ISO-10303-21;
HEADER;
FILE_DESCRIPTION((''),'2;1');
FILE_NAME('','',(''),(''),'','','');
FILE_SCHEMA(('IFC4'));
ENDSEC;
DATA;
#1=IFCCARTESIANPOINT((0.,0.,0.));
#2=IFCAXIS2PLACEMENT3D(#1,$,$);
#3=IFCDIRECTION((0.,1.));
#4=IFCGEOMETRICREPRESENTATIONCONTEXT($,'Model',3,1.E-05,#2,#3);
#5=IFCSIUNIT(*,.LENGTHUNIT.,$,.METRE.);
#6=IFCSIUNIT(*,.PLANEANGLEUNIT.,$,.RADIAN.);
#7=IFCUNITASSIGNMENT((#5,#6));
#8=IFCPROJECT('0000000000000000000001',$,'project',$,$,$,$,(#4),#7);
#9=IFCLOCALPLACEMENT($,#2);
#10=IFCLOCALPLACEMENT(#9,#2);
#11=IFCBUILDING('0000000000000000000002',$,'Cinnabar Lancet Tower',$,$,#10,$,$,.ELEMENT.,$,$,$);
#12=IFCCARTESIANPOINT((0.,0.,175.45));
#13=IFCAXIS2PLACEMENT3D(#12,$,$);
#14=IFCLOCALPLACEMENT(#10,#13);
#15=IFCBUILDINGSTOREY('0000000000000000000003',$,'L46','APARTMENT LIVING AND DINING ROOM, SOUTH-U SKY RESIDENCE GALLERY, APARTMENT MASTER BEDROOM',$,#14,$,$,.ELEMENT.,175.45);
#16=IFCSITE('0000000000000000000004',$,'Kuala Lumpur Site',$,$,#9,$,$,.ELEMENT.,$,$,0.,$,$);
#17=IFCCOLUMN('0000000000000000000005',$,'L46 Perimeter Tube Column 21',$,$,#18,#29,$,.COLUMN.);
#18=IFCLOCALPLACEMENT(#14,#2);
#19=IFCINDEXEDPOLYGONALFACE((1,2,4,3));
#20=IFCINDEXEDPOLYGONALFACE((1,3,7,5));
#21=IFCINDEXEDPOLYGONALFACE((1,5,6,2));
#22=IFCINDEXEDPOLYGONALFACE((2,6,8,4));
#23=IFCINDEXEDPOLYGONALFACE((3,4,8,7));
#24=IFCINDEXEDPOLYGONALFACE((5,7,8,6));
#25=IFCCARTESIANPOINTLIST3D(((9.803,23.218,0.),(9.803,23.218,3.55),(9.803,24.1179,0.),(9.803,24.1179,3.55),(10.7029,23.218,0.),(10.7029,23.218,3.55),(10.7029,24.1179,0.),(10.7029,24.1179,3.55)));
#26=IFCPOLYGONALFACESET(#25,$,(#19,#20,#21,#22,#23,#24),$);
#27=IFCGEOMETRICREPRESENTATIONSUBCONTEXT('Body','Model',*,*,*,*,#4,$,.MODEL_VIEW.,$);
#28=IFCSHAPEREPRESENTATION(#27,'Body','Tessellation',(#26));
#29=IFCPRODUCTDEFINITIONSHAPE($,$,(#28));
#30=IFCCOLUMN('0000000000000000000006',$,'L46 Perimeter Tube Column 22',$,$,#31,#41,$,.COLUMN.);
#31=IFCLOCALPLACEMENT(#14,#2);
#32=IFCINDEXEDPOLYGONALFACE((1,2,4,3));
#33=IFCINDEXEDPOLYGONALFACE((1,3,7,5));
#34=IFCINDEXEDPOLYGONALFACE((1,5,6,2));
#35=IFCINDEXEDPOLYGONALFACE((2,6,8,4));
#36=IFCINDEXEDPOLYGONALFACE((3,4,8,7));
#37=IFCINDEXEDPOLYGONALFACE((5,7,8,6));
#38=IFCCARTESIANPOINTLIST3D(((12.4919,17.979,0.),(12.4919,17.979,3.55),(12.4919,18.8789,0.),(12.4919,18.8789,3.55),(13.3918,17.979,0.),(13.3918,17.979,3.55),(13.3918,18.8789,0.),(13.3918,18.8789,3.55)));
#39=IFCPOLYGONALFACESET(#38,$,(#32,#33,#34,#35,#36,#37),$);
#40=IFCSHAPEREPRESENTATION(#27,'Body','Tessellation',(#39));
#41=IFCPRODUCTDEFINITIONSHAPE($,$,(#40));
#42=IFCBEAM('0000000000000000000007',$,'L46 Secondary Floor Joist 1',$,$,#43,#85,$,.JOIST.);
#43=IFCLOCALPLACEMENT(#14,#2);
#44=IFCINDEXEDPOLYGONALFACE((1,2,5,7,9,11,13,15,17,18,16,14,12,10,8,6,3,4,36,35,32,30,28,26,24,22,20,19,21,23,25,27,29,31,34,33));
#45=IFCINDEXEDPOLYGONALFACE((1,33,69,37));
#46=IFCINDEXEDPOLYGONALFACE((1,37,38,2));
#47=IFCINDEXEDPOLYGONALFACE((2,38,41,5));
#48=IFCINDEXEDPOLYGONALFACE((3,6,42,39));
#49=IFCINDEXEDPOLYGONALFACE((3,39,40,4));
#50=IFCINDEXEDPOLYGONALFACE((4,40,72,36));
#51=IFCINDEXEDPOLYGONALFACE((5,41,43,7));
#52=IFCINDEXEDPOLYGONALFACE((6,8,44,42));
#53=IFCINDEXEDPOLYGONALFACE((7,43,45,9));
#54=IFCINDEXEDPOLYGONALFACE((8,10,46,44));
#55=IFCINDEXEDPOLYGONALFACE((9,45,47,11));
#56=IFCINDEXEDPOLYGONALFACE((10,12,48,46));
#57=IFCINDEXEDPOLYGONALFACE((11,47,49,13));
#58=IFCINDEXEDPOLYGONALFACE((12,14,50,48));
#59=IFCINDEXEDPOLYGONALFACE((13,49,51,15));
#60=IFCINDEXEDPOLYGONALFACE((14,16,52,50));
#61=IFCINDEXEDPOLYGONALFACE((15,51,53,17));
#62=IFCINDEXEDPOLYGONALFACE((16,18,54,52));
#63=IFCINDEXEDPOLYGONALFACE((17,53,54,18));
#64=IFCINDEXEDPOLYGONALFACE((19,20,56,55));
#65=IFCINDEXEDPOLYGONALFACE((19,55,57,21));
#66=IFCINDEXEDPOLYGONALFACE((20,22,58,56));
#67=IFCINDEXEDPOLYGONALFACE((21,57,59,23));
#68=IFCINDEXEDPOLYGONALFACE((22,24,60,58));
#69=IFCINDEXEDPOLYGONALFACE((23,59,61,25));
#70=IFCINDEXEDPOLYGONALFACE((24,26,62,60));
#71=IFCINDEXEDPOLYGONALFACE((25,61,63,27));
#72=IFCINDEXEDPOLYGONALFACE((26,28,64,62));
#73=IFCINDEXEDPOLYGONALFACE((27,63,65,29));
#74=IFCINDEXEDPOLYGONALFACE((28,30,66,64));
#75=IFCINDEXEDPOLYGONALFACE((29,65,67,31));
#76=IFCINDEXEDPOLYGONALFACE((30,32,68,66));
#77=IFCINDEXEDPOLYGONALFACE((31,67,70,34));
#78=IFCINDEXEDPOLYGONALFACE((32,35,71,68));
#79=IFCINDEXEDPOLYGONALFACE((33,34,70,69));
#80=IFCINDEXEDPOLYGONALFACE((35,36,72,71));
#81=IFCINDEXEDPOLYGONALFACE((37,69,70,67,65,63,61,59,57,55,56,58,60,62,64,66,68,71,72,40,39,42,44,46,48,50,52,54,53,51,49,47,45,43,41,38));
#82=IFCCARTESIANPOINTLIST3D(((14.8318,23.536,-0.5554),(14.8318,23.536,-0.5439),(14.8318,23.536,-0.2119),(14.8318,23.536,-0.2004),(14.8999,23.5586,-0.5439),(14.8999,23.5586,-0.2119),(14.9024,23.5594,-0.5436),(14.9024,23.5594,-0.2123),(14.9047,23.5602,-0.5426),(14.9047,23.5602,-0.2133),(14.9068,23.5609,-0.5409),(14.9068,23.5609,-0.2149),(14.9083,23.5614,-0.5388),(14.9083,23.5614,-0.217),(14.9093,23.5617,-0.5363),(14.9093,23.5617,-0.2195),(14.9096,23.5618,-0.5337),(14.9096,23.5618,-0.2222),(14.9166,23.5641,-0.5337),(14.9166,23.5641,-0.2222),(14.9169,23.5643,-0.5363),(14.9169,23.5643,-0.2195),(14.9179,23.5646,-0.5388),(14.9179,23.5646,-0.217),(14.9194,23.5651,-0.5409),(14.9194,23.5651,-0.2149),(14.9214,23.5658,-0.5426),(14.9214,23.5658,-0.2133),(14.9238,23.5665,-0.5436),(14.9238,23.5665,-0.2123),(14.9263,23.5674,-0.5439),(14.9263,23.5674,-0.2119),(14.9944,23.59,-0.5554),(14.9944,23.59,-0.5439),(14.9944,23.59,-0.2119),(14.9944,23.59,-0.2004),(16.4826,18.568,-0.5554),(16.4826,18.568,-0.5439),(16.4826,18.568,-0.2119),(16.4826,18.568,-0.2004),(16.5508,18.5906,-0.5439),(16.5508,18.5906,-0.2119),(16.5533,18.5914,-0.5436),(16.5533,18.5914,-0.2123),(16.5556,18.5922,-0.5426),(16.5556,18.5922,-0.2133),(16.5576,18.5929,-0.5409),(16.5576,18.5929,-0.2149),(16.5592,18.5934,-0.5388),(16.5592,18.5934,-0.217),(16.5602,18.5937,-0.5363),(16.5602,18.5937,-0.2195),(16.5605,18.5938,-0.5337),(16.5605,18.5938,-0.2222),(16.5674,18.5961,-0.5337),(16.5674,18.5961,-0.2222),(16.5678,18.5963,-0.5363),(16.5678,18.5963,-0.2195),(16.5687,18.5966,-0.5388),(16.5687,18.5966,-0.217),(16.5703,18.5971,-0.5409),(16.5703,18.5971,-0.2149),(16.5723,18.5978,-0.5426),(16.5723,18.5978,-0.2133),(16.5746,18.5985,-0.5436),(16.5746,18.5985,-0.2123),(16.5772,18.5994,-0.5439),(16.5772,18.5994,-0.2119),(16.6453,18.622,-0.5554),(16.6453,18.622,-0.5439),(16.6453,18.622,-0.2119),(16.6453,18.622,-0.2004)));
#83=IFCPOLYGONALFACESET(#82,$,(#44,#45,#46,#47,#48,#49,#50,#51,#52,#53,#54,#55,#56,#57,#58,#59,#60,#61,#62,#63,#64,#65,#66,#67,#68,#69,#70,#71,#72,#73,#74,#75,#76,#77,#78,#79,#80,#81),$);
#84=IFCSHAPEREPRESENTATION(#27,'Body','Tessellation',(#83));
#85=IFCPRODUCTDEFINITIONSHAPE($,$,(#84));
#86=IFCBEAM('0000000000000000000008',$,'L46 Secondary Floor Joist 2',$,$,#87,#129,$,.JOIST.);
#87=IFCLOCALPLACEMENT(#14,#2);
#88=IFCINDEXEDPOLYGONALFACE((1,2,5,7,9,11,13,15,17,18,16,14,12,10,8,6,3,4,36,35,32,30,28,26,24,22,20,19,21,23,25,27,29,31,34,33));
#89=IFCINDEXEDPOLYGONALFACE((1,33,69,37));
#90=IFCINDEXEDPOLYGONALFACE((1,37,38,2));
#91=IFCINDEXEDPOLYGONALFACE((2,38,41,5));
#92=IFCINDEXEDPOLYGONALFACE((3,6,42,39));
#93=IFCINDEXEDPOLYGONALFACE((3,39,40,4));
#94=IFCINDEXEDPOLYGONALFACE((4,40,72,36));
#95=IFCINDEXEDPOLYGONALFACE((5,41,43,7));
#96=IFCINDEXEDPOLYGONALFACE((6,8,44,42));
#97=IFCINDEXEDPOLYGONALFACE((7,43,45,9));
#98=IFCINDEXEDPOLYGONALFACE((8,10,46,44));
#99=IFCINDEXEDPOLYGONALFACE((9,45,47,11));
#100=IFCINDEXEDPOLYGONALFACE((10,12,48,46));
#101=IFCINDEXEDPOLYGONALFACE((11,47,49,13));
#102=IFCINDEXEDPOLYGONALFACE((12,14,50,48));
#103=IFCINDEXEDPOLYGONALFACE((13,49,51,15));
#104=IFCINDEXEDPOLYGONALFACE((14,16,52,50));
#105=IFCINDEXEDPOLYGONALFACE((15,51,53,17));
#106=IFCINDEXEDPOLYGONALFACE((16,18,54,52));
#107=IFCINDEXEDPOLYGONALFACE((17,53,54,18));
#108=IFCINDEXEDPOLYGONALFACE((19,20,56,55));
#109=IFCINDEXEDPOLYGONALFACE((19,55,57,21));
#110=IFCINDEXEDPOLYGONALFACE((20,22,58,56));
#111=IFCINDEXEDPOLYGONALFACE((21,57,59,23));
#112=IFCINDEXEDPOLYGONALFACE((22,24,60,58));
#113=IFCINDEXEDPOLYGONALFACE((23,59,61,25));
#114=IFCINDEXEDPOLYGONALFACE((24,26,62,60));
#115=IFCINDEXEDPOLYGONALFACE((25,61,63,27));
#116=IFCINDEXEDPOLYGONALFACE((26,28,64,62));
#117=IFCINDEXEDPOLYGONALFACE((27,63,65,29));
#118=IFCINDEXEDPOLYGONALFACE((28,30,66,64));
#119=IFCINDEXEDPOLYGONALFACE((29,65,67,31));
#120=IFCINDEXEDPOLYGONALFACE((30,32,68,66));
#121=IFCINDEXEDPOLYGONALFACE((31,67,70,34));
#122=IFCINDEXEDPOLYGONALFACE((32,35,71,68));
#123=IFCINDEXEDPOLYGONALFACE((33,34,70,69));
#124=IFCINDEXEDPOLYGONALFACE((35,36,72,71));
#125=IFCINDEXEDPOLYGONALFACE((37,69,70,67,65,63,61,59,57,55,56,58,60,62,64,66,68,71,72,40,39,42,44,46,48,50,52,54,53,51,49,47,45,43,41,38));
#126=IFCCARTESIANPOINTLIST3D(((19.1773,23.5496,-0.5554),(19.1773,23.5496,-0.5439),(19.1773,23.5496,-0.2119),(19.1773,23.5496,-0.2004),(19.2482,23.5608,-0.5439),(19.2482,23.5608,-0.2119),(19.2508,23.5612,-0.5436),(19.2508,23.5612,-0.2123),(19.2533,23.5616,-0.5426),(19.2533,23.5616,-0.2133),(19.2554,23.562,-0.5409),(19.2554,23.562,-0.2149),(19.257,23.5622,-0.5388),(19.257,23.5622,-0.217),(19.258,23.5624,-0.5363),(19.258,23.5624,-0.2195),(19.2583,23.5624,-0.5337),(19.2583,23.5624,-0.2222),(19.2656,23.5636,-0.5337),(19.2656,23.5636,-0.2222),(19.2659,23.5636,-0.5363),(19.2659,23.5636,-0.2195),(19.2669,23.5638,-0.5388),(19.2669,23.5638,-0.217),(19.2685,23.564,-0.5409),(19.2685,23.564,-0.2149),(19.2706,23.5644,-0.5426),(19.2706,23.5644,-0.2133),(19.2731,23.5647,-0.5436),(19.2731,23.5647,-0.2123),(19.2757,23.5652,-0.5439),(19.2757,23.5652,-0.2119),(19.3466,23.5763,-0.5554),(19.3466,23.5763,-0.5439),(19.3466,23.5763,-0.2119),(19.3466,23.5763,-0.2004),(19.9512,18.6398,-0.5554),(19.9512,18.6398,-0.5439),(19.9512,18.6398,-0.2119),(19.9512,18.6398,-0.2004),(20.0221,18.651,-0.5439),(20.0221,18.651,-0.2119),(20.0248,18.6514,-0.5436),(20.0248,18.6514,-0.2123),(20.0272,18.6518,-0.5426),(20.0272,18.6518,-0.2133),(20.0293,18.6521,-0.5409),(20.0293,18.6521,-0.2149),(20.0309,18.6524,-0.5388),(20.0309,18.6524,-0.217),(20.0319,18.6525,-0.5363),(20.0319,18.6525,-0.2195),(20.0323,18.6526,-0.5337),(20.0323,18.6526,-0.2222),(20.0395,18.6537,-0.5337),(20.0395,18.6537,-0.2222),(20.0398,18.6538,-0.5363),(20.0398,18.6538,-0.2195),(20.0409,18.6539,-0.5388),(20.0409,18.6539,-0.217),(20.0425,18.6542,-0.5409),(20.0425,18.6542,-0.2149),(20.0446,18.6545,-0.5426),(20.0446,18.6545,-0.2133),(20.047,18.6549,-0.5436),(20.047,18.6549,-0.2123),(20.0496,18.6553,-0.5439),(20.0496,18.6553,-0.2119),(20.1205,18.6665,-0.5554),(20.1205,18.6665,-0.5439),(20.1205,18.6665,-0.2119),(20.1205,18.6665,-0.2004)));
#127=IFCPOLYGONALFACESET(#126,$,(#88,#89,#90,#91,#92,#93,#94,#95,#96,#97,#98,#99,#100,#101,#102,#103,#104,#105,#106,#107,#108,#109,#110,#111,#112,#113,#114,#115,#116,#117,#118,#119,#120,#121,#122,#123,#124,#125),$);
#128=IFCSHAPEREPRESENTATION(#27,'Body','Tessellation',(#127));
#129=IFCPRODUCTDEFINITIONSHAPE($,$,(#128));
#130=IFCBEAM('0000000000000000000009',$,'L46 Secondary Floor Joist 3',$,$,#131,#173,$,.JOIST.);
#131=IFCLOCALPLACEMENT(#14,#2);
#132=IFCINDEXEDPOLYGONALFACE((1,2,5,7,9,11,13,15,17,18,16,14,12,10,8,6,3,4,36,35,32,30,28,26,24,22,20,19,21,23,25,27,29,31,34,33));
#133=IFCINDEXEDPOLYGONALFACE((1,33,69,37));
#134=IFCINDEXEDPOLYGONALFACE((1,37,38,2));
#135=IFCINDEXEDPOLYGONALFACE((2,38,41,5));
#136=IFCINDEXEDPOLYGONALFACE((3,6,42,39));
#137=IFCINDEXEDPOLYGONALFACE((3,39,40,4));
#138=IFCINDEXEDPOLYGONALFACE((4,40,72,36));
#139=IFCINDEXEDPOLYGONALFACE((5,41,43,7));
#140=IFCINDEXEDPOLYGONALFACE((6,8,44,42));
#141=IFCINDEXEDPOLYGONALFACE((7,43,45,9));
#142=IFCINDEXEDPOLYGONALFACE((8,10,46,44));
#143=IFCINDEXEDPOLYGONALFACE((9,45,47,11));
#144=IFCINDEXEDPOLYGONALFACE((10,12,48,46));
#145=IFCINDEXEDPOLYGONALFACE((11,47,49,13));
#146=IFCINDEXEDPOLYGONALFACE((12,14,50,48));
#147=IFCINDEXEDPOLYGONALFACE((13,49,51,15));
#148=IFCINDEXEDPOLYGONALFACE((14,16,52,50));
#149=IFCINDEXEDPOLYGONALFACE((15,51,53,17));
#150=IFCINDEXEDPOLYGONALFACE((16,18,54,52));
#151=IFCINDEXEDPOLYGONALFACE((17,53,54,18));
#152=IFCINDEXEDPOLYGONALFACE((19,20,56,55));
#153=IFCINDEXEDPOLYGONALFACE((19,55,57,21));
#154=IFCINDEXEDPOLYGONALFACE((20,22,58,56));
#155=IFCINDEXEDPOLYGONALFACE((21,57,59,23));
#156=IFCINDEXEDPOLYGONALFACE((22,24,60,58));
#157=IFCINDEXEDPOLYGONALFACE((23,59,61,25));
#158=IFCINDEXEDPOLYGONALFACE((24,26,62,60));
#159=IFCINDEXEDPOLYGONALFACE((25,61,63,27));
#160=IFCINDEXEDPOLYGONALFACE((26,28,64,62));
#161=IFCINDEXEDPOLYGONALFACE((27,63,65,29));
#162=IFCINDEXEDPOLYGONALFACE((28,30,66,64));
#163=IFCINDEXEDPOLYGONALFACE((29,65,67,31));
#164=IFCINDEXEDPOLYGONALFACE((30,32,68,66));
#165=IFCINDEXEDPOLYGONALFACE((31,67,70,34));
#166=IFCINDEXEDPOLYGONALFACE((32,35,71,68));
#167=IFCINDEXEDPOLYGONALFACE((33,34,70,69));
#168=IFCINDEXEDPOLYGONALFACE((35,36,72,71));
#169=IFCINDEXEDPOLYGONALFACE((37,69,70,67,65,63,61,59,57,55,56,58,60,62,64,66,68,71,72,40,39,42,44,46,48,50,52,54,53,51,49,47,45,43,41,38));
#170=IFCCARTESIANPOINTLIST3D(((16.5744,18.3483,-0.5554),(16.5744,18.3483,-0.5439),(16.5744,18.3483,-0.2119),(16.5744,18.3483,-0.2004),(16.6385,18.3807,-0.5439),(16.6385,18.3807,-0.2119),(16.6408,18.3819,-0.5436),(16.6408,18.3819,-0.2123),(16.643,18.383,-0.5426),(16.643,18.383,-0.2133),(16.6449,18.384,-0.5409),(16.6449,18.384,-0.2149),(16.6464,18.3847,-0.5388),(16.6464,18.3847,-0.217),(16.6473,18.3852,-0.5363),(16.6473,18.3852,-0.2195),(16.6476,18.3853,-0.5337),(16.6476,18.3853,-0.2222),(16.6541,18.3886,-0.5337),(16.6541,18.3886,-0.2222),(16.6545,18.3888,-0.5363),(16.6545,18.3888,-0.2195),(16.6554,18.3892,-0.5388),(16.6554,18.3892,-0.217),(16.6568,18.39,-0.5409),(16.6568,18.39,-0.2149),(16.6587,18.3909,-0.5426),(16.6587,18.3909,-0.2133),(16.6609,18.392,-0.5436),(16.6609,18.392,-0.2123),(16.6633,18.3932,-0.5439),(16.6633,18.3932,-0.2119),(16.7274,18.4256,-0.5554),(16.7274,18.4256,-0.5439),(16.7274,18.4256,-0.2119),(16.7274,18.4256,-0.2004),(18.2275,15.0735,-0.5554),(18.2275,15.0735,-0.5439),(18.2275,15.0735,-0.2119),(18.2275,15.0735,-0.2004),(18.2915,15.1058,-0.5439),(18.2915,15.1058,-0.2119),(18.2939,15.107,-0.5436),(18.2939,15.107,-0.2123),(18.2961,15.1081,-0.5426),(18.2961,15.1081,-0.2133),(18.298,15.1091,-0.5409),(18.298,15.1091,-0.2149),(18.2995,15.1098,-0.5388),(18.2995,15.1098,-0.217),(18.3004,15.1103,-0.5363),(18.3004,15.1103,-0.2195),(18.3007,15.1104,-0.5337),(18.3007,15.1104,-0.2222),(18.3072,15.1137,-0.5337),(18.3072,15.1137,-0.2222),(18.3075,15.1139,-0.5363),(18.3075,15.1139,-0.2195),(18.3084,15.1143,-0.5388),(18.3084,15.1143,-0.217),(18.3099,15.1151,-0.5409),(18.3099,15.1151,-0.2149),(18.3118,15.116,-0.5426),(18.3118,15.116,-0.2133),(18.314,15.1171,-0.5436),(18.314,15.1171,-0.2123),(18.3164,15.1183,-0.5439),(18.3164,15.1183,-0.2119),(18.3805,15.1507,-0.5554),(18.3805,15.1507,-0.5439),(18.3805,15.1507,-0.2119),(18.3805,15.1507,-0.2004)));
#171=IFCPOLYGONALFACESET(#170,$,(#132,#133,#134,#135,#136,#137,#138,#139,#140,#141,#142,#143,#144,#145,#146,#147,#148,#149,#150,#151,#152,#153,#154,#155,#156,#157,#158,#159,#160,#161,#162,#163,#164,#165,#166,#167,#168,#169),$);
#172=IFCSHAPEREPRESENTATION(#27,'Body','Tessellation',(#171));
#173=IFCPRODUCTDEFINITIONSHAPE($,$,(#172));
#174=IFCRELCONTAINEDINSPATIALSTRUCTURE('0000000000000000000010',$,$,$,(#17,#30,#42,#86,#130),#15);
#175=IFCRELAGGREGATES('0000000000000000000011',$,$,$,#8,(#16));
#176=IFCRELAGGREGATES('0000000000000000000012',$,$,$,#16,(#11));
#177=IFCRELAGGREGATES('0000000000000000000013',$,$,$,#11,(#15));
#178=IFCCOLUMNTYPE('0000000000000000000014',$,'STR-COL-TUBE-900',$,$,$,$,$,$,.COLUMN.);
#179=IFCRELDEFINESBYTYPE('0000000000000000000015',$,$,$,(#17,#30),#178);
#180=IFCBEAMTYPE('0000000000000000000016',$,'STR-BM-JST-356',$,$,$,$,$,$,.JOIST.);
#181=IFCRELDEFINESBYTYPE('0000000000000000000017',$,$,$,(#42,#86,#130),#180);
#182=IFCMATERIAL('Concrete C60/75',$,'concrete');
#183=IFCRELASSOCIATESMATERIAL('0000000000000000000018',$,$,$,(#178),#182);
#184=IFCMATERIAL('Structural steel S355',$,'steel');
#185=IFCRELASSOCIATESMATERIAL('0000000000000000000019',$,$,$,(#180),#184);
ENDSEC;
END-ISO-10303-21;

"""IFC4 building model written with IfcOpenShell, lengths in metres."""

from ifc_helpers import new_model, si_unit, direction, frame, origin, origin_2d, place, context, subcontext, project, spatial, rectangle, i_section, extrude, material, material_profile, profile_set, type_object, element, save


model = new_model("IFC4")

# Units and contexts
model_context = context("Model", 3, precision=1e-05, world=origin(), true_north=direction((0.0, 1.0)))
body_context = subcontext(model_context, "Body", "Model", "MODEL_VIEW")
ifc_project = project(units=[si_unit("LENGTHUNIT", "METRE"), si_unit("PLANEANGLEUNIT", "RADIAN")], contexts=[model_context])

# Site, building, storey
site_placement = place(None, origin())
site = spatial("IfcSite", under=ifc_project, at=site_placement, Name="Kuala Lumpur Site", CompositionType="ELEMENT", RefElevation=0.0)
building_placement = place(site_placement, origin())
building = spatial("IfcBuilding", under=site, at=building_placement, Name="Cinnabar Lancet Tower", CompositionType="ELEMENT")
storey_placement = place(building_placement, frame((0.0, 0.0, 175.45)))
storey = spatial("IfcBuildingStorey", under=building, at=storey_placement, Name="L46", Description="APARTMENT LIVING AND DINING ROOM, SOUTH-U SKY RESIDENCE GALLERY, APARTMENT MASTER BEDROOM", CompositionType="ELEMENT", Elevation=175.45)

# Columns
ifc_material_1 = material(Name="Concrete C60/75", Category="concrete")
ifc_material_profile_1 = material_profile(ifc_material_1, rectangle(XDim=0.8999, YDim=0.8999, at=origin_2d()), Name="RC-COL 900x900")
ifc_profile_set_1 = profile_set([ifc_material_profile_1], Name="Concrete C60/75")
column_type = type_object("IfcColumnType", Name="STR-COL-TUBE-900", PredefinedType="COLUMN", material=ifc_profile_set_1)
for number, where, z_axis, x_axis, name in (
    (1, (10.2529, 23.668, 0.0), (0.0, 0.0, 1.0), (1.0, 0.0, 0.0), "L46 Perimeter Tube Column 21"),
    (2, (12.9419, 18.429, 0.0), (0.0, 0.0, 1.0), (1.0, 0.0, 0.0), "L46 Perimeter Tube Column 22"),
):
    element("IfcColumn", number, at=place(storey_placement, frame(where, z_axis=z_axis, x_axis=x_axis)), inside=storey, type_object=column_type, Name=name, PredefinedType="COLUMN", context=body_context, shape_type="SweptSolid", body=[
        extrude(rectangle(XDim=0.8999, YDim=0.8999, at=origin_2d()), origin(), (0.0, 0.0, 1.0), 3.55),
    ])

# Beams
ifc_material_2 = material(Name="Structural steel S355", Category="steel")
ifc_material_profile_2 = material_profile(ifc_material_2, i_section(OverallWidth=0.1714, OverallDepth=0.355, WebThickness=0.0073, FlangeThickness=0.0115, FilletRadius=0.0103, at=origin_2d()), Name="UKB 356x171x51")
ifc_profile_set_2 = profile_set([ifc_material_profile_2], Name="Structural steel S355")
beam_type_1 = type_object("IfcBeamType", Name="STR-BM-JST-356", PredefinedType="JOIST", material=ifc_profile_set_2)
beam_1_placement = place(storey_placement, frame((14.9131, 23.563, -0.3779), z_axis=(0.315346, -0.948977, 0.0), x_axis=(0.948977, 0.315346, 0.0)))
element("IfcBeam", 3, at=beam_1_placement, inside=storey, type_object=beam_type_1, Name="L46 Secondary Floor Joist 1", PredefinedType="JOIST", context=body_context, shape_type="SweptSolid", body=[
    extrude(i_section(OverallWidth=0.1714, OverallDepth=0.355, WebThickness=0.0073, FlangeThickness=0.0115, FilletRadius=0.0103, at=origin_2d()), origin(), (0.0, 0.0, 1.0), 5.2351),
])
beam_2_placement = place(storey_placement, frame((19.262, 23.563, -0.3779), z_axis=(0.155703, -0.987804, 0.0), x_axis=(0.987804, 0.155703, 0.0)))
element("IfcBeam", 4, at=beam_2_placement, inside=storey, type_object=beam_type_1, Name="L46 Secondary Floor Joist 2", PredefinedType="JOIST", context=body_context, shape_type="SweptSolid", body=[
    extrude(i_section(OverallWidth=0.1714, OverallDepth=0.355, WebThickness=0.0073, FlangeThickness=0.0115, FilletRadius=0.0103, at=origin_2d()), origin(), (0.0, 0.0, 1.0), 4.9705),
])
beam_3_placement = place(storey_placement, frame((16.6509, 18.387, -0.3779), z_axis=(0.450618, -0.892717, 0.0), x_axis=(0.892717, 0.450618, 0.0)))
element("IfcBeam", 5, at=beam_3_placement, inside=storey, type_object=beam_type_1, Name="L46 Secondary Floor Joist 3", PredefinedType="JOIST", context=body_context, shape_type="SweptSolid", body=[
    extrude(i_section(OverallWidth=0.1714, OverallDepth=0.355, WebThickness=0.0073, FlangeThickness=0.0115, FilletRadius=0.0103, at=origin_2d()), origin(), (0.0, 0.0, 1.0), 3.6685),
])

save(model, "model.ifc")
